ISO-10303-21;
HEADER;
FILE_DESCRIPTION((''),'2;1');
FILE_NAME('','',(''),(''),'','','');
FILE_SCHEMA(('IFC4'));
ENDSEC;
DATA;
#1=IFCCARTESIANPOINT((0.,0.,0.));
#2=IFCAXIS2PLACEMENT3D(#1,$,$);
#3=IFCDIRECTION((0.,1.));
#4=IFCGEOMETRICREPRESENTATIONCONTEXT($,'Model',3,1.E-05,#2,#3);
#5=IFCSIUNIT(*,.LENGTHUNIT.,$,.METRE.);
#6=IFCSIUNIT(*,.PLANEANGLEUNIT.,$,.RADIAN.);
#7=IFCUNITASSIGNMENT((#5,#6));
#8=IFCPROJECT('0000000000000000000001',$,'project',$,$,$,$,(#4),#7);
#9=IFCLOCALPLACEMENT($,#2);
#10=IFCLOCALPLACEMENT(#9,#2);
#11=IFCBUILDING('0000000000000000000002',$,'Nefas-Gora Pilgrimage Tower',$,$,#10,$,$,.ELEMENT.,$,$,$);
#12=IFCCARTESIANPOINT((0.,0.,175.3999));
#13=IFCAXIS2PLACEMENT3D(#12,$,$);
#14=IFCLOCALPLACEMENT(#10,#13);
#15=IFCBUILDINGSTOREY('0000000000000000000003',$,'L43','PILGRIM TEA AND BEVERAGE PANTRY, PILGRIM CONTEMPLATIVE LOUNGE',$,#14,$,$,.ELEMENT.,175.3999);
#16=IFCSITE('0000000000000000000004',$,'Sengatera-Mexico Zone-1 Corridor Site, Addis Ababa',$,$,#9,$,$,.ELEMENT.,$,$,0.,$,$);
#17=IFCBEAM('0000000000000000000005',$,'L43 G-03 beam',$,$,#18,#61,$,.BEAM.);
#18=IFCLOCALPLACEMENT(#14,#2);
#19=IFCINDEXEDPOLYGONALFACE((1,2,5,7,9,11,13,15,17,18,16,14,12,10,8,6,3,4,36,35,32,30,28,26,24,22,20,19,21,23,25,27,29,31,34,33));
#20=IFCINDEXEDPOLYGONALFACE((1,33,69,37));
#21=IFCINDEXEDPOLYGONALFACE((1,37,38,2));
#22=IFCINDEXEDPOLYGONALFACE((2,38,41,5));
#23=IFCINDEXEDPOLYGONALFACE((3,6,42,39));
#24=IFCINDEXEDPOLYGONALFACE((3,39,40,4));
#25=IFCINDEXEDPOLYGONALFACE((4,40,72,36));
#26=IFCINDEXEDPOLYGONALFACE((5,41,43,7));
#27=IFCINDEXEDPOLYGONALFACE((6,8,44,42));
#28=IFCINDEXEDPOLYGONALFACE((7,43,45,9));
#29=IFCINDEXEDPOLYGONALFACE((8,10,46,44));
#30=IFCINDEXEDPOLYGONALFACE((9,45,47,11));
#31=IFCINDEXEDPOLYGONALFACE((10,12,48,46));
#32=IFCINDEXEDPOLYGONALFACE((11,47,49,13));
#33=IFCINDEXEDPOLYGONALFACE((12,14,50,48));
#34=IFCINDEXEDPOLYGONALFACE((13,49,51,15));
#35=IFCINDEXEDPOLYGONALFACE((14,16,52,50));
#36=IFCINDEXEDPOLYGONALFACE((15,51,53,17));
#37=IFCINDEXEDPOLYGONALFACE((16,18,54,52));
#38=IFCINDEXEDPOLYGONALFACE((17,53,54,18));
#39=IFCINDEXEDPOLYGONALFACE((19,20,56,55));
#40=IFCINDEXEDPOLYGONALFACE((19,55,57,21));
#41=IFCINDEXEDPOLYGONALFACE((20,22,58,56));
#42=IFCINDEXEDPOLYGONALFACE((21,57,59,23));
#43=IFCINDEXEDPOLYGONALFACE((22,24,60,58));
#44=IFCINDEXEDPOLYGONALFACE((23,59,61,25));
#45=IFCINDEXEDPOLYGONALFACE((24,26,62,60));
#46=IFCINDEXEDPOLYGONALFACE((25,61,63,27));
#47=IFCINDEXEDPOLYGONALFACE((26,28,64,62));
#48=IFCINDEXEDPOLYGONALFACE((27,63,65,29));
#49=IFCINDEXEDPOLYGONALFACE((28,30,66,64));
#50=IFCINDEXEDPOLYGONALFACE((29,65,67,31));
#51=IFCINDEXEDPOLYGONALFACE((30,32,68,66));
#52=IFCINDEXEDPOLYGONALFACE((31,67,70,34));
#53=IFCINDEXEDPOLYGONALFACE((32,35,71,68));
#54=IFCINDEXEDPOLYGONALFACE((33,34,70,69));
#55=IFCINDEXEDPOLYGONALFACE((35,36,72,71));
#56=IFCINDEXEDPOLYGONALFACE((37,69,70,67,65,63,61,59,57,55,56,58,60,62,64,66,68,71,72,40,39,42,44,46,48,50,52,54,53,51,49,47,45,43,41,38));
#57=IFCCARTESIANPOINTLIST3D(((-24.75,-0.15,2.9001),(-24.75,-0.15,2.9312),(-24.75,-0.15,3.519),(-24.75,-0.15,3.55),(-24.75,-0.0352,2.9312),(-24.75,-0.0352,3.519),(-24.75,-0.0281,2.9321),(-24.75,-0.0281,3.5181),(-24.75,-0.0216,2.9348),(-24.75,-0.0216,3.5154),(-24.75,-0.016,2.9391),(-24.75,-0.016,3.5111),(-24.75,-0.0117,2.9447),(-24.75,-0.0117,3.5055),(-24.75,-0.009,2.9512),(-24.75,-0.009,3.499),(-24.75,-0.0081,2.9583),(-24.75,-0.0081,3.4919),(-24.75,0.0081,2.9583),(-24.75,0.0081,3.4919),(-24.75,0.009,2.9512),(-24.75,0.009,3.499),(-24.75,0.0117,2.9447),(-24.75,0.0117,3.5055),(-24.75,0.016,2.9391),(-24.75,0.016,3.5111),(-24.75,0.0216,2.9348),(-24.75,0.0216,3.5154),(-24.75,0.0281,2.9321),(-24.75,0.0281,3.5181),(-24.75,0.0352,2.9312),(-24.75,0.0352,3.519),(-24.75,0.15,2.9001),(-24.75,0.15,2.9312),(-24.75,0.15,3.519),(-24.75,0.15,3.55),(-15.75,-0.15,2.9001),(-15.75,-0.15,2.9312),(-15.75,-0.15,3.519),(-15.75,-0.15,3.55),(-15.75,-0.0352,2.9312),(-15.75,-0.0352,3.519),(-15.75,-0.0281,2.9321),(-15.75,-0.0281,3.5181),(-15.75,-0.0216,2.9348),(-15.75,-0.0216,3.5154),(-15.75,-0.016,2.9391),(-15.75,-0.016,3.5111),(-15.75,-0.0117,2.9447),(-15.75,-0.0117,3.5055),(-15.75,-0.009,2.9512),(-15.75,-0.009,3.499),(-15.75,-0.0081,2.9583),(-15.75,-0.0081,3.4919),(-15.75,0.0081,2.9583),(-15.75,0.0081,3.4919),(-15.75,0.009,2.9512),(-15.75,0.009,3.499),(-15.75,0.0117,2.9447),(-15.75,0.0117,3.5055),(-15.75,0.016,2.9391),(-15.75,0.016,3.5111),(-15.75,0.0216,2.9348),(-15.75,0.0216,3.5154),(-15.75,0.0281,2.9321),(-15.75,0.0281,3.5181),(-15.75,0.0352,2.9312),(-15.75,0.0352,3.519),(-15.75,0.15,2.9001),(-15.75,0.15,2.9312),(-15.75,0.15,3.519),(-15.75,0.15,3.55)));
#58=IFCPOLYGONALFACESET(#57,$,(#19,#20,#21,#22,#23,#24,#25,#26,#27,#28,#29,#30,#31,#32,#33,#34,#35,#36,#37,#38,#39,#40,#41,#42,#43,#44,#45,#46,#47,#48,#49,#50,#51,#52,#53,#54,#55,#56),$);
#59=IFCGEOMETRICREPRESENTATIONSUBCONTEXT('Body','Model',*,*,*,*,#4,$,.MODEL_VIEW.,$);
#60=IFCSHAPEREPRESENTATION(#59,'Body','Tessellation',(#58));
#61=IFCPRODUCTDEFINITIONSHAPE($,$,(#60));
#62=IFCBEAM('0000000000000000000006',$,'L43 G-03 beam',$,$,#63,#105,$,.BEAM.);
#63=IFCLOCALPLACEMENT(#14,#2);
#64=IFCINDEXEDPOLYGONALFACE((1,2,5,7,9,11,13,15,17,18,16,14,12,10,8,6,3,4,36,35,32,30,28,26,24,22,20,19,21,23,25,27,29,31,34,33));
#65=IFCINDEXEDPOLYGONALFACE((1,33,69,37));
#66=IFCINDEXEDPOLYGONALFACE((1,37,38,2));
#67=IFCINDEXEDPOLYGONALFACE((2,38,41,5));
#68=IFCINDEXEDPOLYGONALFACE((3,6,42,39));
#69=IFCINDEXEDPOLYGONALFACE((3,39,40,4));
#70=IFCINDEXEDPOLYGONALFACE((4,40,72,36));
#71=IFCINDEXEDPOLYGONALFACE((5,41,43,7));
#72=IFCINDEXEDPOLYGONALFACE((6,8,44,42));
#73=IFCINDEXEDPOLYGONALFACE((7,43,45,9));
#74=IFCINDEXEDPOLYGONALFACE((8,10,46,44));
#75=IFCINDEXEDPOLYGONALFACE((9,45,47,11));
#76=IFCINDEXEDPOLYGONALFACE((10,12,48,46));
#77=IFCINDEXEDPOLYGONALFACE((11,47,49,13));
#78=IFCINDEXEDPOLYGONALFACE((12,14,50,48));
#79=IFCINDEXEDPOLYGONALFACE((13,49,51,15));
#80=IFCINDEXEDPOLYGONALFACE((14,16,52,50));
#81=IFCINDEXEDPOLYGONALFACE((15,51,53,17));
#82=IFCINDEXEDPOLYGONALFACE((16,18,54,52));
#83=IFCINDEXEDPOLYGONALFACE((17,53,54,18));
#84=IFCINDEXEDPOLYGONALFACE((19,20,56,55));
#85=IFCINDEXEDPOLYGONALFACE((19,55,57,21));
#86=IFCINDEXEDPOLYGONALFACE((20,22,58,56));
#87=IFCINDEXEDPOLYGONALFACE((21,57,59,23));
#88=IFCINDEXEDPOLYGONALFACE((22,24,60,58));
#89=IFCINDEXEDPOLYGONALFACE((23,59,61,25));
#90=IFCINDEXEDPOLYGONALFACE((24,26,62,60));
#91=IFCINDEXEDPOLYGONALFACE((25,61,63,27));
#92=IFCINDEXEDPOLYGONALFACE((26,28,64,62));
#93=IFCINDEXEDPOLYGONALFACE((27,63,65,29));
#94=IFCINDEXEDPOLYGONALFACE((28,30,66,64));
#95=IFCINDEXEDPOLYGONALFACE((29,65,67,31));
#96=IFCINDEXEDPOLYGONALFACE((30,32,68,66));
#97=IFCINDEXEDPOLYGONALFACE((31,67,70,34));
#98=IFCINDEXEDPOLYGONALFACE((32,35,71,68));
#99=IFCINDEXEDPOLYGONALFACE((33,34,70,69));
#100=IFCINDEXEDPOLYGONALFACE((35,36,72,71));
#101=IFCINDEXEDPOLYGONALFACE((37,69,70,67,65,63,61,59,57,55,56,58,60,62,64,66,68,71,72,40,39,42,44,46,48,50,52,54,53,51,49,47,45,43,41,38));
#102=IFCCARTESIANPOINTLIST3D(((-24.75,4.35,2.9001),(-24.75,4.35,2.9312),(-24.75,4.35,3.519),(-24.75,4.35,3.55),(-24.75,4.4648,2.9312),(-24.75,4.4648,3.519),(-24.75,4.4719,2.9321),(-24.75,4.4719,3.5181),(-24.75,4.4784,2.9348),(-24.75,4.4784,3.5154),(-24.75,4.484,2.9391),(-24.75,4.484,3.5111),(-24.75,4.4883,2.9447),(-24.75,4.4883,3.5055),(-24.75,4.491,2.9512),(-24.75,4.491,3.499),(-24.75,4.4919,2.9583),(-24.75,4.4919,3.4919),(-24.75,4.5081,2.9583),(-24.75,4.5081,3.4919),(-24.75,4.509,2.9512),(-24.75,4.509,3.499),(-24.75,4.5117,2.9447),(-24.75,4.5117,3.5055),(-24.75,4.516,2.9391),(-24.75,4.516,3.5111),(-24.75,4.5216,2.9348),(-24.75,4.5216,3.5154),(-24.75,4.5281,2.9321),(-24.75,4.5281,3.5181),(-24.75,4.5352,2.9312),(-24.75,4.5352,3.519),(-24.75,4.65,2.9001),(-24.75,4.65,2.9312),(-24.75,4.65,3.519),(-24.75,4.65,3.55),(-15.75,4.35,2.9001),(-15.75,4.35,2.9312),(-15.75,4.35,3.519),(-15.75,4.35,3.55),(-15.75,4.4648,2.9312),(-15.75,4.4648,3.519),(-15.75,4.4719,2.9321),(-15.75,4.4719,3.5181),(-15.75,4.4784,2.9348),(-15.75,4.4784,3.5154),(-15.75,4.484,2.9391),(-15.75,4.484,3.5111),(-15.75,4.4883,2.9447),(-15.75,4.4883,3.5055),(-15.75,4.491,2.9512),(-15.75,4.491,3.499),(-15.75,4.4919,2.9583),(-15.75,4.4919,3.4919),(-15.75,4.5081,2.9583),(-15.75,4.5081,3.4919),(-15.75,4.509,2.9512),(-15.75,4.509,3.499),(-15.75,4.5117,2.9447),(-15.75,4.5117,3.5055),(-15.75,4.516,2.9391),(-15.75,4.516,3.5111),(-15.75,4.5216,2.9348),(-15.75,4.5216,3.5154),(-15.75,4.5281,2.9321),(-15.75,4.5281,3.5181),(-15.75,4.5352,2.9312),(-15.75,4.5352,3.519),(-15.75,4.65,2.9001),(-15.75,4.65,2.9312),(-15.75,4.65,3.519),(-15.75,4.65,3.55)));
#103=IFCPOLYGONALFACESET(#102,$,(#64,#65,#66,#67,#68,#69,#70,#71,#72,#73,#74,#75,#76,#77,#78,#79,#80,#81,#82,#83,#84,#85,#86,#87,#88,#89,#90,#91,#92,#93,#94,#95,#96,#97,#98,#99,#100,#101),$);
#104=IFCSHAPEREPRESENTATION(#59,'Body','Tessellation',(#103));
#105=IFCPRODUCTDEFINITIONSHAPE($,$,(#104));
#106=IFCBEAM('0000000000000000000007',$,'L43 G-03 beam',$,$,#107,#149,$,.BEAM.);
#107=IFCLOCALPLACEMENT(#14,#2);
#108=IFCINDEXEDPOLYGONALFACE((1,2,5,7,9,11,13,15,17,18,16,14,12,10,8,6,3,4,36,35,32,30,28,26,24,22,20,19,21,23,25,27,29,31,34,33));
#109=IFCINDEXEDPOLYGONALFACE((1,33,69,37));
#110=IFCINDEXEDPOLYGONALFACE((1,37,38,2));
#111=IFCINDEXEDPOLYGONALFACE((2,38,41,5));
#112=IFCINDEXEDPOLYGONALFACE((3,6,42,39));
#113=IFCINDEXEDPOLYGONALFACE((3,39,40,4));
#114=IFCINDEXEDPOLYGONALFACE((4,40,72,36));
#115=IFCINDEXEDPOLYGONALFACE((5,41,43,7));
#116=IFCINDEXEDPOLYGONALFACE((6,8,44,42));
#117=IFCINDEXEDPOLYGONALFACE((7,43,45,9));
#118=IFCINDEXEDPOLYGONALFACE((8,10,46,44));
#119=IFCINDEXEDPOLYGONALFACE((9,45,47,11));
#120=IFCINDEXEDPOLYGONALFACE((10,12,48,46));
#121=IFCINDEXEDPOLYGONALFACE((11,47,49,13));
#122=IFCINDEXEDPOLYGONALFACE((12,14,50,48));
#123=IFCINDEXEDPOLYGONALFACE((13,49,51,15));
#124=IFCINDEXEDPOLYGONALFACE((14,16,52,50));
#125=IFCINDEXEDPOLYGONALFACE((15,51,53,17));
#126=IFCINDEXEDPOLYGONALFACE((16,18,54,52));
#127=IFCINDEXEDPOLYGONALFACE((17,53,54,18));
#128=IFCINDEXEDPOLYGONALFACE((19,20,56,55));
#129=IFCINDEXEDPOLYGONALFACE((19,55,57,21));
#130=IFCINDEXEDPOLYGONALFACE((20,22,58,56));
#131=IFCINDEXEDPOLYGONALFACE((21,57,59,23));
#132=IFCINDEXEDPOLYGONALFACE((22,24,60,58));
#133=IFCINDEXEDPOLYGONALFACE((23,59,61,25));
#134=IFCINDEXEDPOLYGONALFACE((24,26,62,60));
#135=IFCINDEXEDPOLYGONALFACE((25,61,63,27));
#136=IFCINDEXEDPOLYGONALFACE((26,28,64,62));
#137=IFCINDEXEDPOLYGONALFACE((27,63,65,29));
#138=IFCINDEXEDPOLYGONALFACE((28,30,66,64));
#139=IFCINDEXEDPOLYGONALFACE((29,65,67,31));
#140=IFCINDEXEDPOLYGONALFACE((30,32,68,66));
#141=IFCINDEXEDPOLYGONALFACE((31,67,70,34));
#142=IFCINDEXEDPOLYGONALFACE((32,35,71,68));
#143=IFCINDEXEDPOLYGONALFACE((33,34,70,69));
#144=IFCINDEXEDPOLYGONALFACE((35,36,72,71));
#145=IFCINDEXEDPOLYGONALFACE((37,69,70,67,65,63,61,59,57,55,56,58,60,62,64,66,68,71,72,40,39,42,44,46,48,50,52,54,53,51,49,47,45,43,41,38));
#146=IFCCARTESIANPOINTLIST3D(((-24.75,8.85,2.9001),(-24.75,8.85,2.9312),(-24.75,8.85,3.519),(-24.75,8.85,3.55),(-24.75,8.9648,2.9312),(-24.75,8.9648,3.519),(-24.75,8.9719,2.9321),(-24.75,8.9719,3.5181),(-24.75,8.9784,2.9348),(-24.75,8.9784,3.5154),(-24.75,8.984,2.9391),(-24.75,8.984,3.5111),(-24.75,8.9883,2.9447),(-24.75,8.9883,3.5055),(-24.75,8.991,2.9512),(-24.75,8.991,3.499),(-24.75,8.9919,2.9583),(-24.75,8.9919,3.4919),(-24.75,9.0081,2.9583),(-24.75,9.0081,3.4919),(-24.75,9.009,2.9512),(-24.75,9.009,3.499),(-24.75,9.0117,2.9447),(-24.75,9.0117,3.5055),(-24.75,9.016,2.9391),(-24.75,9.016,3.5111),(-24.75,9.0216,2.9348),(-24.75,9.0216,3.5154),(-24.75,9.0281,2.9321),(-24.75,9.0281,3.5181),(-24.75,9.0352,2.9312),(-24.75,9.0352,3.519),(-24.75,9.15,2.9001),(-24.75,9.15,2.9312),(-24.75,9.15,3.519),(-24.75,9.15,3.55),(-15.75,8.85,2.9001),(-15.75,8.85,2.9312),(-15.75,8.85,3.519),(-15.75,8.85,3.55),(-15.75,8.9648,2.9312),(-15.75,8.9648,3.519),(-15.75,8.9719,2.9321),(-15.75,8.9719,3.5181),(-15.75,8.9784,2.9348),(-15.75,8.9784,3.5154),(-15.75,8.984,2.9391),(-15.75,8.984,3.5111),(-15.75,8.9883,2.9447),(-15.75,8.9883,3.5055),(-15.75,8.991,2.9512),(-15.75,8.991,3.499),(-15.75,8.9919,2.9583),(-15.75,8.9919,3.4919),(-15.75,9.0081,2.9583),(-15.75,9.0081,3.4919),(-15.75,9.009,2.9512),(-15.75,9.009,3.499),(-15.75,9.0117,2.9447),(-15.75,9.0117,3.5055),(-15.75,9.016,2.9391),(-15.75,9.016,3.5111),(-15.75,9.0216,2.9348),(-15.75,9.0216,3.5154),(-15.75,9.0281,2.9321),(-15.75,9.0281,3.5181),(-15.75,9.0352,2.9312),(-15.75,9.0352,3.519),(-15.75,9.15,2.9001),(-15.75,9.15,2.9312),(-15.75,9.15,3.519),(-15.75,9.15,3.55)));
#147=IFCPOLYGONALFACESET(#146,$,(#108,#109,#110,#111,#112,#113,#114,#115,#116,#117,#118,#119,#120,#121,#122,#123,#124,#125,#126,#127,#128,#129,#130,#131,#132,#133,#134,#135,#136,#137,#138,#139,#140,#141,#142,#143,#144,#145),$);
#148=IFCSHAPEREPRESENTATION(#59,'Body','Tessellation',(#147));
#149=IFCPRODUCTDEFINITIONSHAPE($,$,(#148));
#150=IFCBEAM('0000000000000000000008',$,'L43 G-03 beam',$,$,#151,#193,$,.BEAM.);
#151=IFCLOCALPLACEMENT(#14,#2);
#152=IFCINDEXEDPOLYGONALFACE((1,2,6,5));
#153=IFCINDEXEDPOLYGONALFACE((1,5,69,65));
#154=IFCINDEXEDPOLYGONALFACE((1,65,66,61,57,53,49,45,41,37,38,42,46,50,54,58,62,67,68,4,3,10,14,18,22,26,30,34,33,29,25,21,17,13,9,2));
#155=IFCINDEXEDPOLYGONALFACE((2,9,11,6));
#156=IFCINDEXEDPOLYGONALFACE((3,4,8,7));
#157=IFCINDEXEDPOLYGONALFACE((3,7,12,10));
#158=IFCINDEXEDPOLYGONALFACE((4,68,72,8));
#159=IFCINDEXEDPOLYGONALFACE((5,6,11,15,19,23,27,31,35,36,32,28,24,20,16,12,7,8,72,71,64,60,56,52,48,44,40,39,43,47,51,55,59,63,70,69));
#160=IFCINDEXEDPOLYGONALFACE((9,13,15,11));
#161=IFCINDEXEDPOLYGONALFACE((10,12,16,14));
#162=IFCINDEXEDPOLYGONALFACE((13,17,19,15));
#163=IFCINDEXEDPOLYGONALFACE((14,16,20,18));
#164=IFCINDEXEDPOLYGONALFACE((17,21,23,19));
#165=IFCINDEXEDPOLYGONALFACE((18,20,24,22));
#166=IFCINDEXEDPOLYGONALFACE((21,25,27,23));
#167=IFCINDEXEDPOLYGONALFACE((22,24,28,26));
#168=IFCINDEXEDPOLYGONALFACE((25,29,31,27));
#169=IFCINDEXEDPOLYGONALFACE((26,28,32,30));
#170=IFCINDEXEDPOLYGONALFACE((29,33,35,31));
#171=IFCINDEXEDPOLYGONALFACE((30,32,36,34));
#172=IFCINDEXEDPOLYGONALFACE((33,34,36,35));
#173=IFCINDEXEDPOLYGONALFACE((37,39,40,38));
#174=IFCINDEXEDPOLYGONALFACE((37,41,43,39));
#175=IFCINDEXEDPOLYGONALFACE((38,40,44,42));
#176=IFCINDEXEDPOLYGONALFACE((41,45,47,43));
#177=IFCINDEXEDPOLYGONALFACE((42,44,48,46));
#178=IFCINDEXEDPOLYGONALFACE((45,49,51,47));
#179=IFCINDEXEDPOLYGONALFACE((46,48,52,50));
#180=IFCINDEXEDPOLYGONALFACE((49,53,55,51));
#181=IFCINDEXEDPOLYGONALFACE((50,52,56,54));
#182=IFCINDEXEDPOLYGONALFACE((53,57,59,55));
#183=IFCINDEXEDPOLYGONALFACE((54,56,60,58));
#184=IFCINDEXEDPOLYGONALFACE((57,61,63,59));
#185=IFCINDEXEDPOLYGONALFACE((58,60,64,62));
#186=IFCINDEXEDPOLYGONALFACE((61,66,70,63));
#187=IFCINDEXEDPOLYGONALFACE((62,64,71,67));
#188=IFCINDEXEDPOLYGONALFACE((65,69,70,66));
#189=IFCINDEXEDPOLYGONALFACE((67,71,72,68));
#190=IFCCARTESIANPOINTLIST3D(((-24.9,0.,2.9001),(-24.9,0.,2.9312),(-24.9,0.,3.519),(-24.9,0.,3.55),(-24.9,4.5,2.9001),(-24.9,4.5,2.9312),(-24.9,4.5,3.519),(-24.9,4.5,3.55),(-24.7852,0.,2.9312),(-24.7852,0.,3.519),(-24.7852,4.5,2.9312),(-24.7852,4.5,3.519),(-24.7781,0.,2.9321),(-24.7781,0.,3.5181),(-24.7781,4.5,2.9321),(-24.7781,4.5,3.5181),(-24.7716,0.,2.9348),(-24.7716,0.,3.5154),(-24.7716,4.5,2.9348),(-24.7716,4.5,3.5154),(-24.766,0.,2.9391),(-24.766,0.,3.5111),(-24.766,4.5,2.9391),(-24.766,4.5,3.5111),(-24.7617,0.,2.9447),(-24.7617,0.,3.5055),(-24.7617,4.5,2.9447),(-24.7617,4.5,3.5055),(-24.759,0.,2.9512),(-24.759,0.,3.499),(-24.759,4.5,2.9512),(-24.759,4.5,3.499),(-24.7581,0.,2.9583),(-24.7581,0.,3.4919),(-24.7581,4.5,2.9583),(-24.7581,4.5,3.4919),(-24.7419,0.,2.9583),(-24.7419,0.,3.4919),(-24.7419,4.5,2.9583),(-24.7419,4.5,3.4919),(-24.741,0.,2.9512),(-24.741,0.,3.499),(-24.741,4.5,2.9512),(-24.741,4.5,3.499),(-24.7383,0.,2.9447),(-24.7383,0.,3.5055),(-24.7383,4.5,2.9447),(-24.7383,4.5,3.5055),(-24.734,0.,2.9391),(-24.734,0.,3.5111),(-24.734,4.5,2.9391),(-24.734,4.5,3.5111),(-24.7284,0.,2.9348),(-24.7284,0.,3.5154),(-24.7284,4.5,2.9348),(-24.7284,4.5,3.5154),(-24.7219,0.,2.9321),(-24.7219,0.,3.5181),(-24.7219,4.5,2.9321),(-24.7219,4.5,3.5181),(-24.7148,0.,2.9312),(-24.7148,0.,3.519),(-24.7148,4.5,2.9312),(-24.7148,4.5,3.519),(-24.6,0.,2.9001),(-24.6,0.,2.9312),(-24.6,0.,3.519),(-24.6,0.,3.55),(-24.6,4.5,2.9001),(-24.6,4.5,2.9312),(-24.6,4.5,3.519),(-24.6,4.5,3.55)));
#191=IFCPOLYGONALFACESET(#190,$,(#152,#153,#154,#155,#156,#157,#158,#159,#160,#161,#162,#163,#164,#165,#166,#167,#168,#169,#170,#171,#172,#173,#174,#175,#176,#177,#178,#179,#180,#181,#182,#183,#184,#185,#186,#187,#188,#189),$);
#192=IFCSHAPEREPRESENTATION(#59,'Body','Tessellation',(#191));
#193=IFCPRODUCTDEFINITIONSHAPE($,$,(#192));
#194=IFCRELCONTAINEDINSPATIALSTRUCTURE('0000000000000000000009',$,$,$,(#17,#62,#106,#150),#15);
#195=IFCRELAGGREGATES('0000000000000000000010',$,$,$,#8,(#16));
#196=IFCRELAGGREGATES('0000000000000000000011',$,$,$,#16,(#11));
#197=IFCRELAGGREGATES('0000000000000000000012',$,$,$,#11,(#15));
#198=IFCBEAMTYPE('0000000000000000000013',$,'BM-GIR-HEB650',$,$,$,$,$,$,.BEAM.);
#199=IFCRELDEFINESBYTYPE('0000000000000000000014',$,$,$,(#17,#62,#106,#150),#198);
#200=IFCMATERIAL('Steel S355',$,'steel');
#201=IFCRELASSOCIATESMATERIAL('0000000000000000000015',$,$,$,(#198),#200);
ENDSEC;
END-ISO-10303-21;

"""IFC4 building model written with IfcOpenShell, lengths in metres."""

from ifc_helpers import new_model, si_unit, direction, frame, origin, origin_2d, place, context, subcontext, project, spatial, i_section, extrude, source, transform, mapped, material, material_profile, profile_set, type_object, element, save


model = new_model("IFC4")

# Units and contexts
model_context = context("Model", 3, precision=1e-05, world=origin(), true_north=direction((0.0, 1.0)))
body_context = subcontext(model_context, "Body", "Model", "MODEL_VIEW")
ifc_project = project(units=[si_unit("LENGTHUNIT", "METRE"), si_unit("PLANEANGLEUNIT", "RADIAN")], contexts=[model_context])

# Site, building, storey
site_placement = place(None, origin())
site = spatial("IfcSite", under=ifc_project, at=site_placement, Name="Sengatera-Mexico Zone-1 Corridor Site, Addis Ababa", CompositionType="ELEMENT", RefElevation=0.0)
building_placement = place(site_placement, origin())
building = spatial("IfcBuilding", under=site, at=building_placement, Name="Nefas-Gora Pilgrimage Tower", CompositionType="ELEMENT")
storey_placement = place(building_placement, frame((0.0, 0.0, 175.3999)))
storey = spatial("IfcBuildingStorey", under=building, at=storey_placement, Name="L43", Description="PILGRIM TEA AND BEVERAGE PANTRY, PILGRIM CONTEMPLATIVE LOUNGE", CompositionType="ELEMENT", Elevation=175.3999)

# Beams
ifc_material_1 = material(Name="Steel S355", Category="steel")
ifc_material_profile_1 = material_profile(ifc_material_1, i_section(OverallWidth=0.3, OverallDepth=0.6499, WebThickness=0.0161, FlangeThickness=0.031, FilletRadius=0.0271, at=origin_2d()), Name="HEB 650")
ifc_profile_set_1 = profile_set([ifc_material_profile_1], Name="Steel S355")
beam_type_1 = type_object("IfcBeamType", Name="BM-GIR-HEB650", PredefinedType="BEAM", material=ifc_profile_set_1)
shared_shape_1 = source(origin(), body_context, "Body", "SweptSolid", [
    extrude(i_section(OverallWidth=0.3, OverallDepth=0.6499, WebThickness=0.0161, FlangeThickness=0.031, FilletRadius=0.0271, at=origin_2d()), origin(), (0.0, 0.0, 1.0), 9.0),
])
for number, where, z_axis, x_axis, name in (
    (1, (-24.75, 0.0, 3.2251), (1.0, 0.0, 0.0), (0.0, 1.0, 0.0), "L43 G-03 beam"),
    (2, (-24.75, 4.5, 3.2251), (1.0, 0.0, 0.0), (0.0, 1.0, 0.0), "L43 G-03 beam"),
    (3, (-24.75, 9.0, 3.2251), (1.0, 0.0, 0.0), (0.0, 1.0, 0.0), "L43 G-03 beam"),
):
    element("IfcBeam", number, at=place(storey_placement, frame(where, z_axis=z_axis, x_axis=x_axis)), inside=storey, type_object=beam_type_1, Name=name, PredefinedType="BEAM", context=body_context, shape_type="MappedRepresentation", body=[
        mapped(shared_shape_1, transform((0.0, 0.0, 0.0), x_axis=(1.0, 0.0, 0.0), y_axis=(0.0, 1.0, 0.0), z_axis=(0.0, 0.0, 1.0), scale=1.0)),
    ])
shared_shape_2 = source(origin(), body_context, "Body", "SweptSolid", [
    extrude(i_section(OverallWidth=0.3, OverallDepth=0.6499, WebThickness=0.0161, FlangeThickness=0.031, FilletRadius=0.0271, at=origin_2d()), origin(), (0.0, 0.0, 1.0), 4.5),
])
for number, where, z_axis, x_axis, name in (
    (4, (-24.75, 0.0, 3.2251), (0.0, 1.0, 0.0), (-1.0, 0.0, 0.0), "L43 G-03 beam"),
):
    element("IfcBeam", number, at=place(storey_placement, frame(where, z_axis=z_axis, x_axis=x_axis)), inside=storey, type_object=beam_type_1, Name=name, PredefinedType="BEAM", context=body_context, shape_type="MappedRepresentation", body=[
        mapped(shared_shape_2, transform((0.0, 0.0, 0.0), x_axis=(1.0, 0.0, 0.0), y_axis=(0.0, 1.0, 0.0), z_axis=(0.0, 0.0, 1.0), scale=1.0)),
    ])

save(model, "model.ifc")
